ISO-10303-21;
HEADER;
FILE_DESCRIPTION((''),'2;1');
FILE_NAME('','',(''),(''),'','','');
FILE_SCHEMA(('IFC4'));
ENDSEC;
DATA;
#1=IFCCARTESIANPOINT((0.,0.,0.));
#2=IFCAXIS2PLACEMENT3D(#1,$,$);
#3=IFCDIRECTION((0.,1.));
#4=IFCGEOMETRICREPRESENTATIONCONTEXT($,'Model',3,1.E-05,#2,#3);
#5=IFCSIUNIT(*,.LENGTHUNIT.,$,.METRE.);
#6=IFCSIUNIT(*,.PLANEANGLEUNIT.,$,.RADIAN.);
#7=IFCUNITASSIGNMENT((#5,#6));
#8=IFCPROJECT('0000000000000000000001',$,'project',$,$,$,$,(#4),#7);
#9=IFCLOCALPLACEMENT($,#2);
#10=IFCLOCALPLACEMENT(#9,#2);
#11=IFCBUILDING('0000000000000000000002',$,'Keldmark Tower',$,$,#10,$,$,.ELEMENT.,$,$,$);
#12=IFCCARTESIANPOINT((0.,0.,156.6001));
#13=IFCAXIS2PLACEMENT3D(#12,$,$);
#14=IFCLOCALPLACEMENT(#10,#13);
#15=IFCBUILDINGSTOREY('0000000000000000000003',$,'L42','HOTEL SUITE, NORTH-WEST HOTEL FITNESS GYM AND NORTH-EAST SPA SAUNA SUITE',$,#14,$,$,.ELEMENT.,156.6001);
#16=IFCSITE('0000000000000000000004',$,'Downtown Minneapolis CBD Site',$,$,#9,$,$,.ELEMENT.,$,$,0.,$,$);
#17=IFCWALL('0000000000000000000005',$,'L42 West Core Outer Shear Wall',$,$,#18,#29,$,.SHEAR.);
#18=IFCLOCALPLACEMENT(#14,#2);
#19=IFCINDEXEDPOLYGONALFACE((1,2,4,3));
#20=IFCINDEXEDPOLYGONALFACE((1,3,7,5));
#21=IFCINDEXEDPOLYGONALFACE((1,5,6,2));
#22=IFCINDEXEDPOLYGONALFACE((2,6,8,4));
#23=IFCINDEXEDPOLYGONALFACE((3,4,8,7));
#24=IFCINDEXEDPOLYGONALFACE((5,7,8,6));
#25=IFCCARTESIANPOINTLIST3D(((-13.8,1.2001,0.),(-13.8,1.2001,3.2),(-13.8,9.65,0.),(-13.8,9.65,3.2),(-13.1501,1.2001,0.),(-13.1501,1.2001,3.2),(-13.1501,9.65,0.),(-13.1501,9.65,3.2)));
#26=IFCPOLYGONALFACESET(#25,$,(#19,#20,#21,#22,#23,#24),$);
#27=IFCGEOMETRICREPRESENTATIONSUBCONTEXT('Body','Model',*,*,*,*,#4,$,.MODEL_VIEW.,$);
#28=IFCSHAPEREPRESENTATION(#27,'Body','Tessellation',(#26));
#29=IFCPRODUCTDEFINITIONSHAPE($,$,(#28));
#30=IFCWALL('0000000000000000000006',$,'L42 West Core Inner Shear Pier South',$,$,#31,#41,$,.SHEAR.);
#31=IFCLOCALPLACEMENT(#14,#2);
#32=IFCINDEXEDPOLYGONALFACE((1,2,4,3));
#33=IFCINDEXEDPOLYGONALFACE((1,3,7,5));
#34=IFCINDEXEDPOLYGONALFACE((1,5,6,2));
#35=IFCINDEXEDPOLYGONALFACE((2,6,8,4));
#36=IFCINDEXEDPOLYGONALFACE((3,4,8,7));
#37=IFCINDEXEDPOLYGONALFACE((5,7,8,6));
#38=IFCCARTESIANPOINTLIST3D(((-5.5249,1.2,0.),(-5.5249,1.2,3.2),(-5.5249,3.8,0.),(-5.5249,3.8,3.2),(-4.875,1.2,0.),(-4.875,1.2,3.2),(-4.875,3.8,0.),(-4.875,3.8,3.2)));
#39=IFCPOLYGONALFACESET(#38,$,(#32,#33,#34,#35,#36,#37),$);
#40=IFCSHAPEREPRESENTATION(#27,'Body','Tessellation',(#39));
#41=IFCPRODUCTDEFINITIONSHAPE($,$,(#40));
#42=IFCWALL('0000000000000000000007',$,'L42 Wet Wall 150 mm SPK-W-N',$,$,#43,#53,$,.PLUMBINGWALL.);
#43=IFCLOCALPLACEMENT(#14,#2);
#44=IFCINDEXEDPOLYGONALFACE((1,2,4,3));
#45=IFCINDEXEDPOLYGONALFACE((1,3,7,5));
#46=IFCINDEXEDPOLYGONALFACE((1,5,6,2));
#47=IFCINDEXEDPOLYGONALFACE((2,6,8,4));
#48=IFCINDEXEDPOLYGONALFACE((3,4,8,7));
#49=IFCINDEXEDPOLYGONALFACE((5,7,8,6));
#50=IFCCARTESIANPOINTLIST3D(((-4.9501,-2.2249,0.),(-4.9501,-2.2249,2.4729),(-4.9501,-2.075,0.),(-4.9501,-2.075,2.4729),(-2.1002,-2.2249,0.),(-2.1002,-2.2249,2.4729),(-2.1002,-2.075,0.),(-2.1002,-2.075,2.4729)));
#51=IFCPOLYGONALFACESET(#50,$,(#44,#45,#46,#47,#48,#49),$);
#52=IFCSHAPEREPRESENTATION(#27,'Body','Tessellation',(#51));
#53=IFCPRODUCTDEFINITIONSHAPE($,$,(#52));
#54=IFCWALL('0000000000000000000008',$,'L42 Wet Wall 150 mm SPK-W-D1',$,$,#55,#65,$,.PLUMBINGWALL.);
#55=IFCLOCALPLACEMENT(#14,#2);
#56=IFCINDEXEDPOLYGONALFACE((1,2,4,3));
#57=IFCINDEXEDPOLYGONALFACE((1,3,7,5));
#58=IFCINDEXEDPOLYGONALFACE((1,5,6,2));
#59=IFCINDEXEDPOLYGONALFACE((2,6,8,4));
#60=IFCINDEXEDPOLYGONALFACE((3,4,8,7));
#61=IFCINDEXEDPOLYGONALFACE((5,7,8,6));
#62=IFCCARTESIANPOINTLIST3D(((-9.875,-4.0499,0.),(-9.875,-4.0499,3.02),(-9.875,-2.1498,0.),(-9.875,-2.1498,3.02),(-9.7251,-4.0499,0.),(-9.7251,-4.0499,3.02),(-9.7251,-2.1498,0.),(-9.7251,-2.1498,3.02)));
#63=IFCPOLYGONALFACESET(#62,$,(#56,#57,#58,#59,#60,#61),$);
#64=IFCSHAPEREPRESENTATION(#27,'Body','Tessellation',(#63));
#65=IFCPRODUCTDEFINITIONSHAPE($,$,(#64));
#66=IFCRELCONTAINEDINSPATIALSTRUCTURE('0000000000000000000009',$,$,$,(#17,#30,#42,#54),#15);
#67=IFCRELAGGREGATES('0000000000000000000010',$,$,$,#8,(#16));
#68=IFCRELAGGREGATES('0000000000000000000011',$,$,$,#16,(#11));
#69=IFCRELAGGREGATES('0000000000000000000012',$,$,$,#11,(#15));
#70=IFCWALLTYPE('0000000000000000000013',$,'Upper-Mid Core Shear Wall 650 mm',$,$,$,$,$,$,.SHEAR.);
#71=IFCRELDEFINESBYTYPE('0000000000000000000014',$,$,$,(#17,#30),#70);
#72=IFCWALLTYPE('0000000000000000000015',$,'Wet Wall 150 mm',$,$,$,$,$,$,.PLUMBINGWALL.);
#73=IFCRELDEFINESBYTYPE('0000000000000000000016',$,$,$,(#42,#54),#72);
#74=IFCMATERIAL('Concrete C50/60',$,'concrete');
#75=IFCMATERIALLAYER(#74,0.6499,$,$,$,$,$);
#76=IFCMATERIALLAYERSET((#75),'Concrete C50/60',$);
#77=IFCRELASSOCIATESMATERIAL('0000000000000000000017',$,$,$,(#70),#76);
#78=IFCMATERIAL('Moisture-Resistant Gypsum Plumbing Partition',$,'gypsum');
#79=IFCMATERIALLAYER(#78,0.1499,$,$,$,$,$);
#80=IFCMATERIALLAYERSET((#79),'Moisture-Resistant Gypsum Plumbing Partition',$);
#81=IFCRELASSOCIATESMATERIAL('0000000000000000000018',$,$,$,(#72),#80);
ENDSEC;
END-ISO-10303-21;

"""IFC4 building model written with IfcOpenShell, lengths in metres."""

from ifc_helpers import new_model, si_unit, direction, frame, frame_2d, origin, place, context, subcontext, project, spatial, rectangle, extrude, material, layer, layer_set, type_object, element, save


model = new_model("IFC4")

# Units and contexts
model_context = context("Model", 3, precision=1e-05, world=origin(), true_north=direction((0.0, 1.0)))
body_context = subcontext(model_context, "Body", "Model", "MODEL_VIEW")
ifc_project = project(units=[si_unit("LENGTHUNIT", "METRE"), si_unit("PLANEANGLEUNIT", "RADIAN")], contexts=[model_context])

# Site, building, storey
site_placement = place(None, origin())
site = spatial("IfcSite", under=ifc_project, at=site_placement, Name="Downtown Minneapolis CBD Site", CompositionType="ELEMENT", RefElevation=0.0)
building_placement = place(site_placement, origin())
building = spatial("IfcBuilding", under=site, at=building_placement, Name="Keldmark Tower", CompositionType="ELEMENT")
storey_placement = place(building_placement, frame((0.0, 0.0, 156.6001)))
storey = spatial("IfcBuildingStorey", under=building, at=storey_placement, Name="L42", Description="HOTEL SUITE, NORTH-WEST HOTEL FITNESS GYM AND NORTH-EAST SPA SAUNA SUITE", CompositionType="ELEMENT", Elevation=156.6001)

# Walls
ifc_material_1 = material(Name="Concrete C50/60", Category="concrete")
ifc_layer_1 = layer(ifc_material_1, 0.6499)
ifc_layer_set_1 = layer_set([ifc_layer_1], Name="Concrete C50/60")
wall_type_1 = type_object("IfcWallType", Name="Upper-Mid Core Shear Wall 650 mm", PredefinedType="SHEAR", material=ifc_layer_set_1)
wall_1_placement = place(storey_placement, frame((-13.4751, 1.2, 0.0), z_axis=(0.0, 0.0, 1.0), x_axis=(0.0, 1.0, 0.0)))
element("IfcWall", 1, at=wall_1_placement, inside=storey, type_object=wall_type_1, Name="L42 West Core Outer Shear Wall", PredefinedType="SHEAR", context=body_context, shape_type="SweptSolid", body=[
    extrude(rectangle(XDim=8.45, YDim=0.6499, at=frame_2d((4.2251, 0.0))), origin(), (0.0, 0.0, 1.0), 3.2),
])
wall_2_placement = place(storey_placement, frame((-5.2, 1.2, 0.0), z_axis=(0.0, 0.0, 1.0), x_axis=(0.0, 1.0, 0.0)))
element("IfcWall", 2, at=wall_2_placement, inside=storey, type_object=wall_type_1, Name="L42 West Core Inner Shear Pier South", PredefinedType="SHEAR", context=body_context, shape_type="SweptSolid", body=[
    extrude(rectangle(XDim=2.6001, YDim=0.6499, at=frame_2d((1.3, 0.0))), origin(), (0.0, 0.0, 1.0), 3.2),
])
ifc_material_2 = material(Name="Moisture-Resistant Gypsum Plumbing Partition", Category="gypsum")
ifc_layer_2 = layer(ifc_material_2, 0.1499)
ifc_layer_set_2 = layer_set([ifc_layer_2], Name="Moisture-Resistant Gypsum Plumbing Partition")
wall_type_2 = type_object("IfcWallType", Name="Wet Wall 150 mm", PredefinedType="PLUMBINGWALL", material=ifc_layer_set_2)
wall_3_placement = place(storey_placement, frame((-4.95, -2.1499, 0.0), z_axis=(0.0, 0.0, 1.0), x_axis=(1.0, 0.0, 0.0)))
element("IfcWall", 3, at=wall_3_placement, inside=storey, type_object=wall_type_2, Name="L42 Wet Wall 150 mm SPK-W-N", PredefinedType="PLUMBINGWALL", context=body_context, shape_type="SweptSolid", body=[
    extrude(rectangle(XDim=2.8499, YDim=0.1499, at=frame_2d((1.4248, 0.0))), origin(), (0.0, 0.0, 1.0), 2.4729),
])
wall_4_placement = place(storey_placement, frame((-9.8, -4.05, 0.0), z_axis=(0.0, 0.0, 1.0), x_axis=(0.0, 1.0, 0.0)))
element("IfcWall", 4, at=wall_4_placement, inside=storey, type_object=wall_type_2, Name="L42 Wet Wall 150 mm SPK-W-D1", PredefinedType="PLUMBINGWALL", context=body_context, shape_type="SweptSolid", body=[
    extrude(rectangle(XDim=1.9001, YDim=0.1499, at=frame_2d((0.9502, 0.0))), origin(), (0.0, 0.0, 1.0), 3.02),
])

save(model, "model.ifc")
